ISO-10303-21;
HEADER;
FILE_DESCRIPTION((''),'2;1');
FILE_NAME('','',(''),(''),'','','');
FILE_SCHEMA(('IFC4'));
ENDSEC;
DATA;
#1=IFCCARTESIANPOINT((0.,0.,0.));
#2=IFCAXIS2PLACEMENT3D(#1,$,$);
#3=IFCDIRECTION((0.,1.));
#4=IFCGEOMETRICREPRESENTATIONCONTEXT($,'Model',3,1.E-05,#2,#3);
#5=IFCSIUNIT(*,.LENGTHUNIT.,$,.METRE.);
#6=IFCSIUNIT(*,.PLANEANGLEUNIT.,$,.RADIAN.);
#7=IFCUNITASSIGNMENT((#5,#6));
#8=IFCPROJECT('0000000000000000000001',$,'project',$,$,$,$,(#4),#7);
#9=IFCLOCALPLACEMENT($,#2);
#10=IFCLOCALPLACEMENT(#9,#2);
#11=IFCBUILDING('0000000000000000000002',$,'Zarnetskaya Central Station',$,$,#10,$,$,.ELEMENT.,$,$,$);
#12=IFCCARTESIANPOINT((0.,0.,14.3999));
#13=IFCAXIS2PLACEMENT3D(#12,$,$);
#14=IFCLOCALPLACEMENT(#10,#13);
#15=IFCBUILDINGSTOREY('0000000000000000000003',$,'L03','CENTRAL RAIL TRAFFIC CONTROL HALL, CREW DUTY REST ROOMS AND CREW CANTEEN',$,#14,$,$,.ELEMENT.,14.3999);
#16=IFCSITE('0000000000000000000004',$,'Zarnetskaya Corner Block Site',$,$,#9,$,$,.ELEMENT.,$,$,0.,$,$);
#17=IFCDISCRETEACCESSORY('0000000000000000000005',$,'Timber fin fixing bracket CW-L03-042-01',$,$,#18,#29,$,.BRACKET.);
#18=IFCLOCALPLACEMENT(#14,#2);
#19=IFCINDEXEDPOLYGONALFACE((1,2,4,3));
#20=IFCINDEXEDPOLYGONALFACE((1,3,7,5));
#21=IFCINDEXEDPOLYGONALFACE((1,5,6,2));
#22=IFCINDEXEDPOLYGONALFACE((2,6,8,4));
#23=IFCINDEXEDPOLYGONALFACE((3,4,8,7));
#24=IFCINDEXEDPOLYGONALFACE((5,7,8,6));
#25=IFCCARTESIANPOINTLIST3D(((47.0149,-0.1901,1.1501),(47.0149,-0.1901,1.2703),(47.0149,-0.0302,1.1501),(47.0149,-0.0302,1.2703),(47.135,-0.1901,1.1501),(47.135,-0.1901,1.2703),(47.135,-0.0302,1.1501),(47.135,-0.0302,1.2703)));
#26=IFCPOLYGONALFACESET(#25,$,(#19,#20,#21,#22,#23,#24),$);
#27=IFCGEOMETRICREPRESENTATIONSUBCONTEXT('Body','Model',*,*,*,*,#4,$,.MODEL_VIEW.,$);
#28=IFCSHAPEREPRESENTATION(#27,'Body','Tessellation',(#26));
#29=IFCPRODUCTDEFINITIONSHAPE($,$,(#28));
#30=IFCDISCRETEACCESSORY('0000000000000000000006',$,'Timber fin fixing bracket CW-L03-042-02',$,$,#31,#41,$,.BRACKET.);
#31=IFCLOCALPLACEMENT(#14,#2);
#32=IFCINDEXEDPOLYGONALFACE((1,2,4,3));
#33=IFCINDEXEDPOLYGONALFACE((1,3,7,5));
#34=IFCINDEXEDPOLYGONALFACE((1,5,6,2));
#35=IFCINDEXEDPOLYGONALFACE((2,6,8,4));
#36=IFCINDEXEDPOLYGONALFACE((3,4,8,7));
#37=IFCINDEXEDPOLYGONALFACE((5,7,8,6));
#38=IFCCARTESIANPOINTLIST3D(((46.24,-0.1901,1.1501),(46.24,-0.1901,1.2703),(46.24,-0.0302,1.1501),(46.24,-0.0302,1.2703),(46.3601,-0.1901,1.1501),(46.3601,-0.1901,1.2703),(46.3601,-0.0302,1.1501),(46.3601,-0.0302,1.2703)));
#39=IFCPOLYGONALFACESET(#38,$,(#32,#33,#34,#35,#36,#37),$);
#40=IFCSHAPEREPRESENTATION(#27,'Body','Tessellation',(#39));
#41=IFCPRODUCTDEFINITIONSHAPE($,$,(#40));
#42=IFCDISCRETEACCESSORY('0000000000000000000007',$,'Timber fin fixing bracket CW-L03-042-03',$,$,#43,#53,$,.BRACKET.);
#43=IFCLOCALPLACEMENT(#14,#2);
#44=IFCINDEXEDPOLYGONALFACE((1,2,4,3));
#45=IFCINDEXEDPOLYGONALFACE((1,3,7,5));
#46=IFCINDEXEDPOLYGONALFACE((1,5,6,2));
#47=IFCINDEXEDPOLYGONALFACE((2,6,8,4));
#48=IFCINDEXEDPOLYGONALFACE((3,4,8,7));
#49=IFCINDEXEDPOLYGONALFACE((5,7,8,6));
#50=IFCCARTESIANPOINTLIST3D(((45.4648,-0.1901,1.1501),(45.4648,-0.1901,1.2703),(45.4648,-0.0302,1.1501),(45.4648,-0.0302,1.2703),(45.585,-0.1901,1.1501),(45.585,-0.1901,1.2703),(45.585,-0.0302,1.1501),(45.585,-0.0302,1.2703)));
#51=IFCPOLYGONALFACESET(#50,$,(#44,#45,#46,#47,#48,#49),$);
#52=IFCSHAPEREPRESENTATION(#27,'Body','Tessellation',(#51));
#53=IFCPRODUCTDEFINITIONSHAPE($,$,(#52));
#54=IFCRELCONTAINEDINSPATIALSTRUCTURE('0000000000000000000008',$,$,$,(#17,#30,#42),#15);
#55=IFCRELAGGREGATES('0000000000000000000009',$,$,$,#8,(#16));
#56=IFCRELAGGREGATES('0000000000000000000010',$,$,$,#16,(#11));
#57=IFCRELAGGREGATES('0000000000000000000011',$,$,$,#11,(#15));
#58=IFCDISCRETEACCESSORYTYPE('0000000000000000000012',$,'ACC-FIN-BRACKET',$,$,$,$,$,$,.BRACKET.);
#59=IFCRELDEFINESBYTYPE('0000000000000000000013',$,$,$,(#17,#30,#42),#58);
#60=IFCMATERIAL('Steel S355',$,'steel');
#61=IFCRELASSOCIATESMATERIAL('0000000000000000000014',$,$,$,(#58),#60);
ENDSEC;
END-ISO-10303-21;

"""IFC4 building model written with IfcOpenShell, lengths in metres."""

from ifc_helpers import new_model, si_unit, direction, frame, origin, origin_2d, place, context, subcontext, project, spatial, rectangle, extrude, material, type_object, element, save


model = new_model("IFC4")

# Units and contexts
model_context = context("Model", 3, precision=1e-05, world=origin(), true_north=direction((0.0, 1.0)))
body_context = subcontext(model_context, "Body", "Model", "MODEL_VIEW")
ifc_project = project(units=[si_unit("LENGTHUNIT", "METRE"), si_unit("PLANEANGLEUNIT", "RADIAN")], contexts=[model_context])

# Site, building, storey
site_placement = place(None, origin())
site = spatial("IfcSite", under=ifc_project, at=site_placement, Name="Zarnetskaya Corner Block Site", CompositionType="ELEMENT", RefElevation=0.0)
building_placement = place(site_placement, origin())
building = spatial("IfcBuilding", under=site, at=building_placement, Name="Zarnetskaya Central Station", CompositionType="ELEMENT")
storey_placement = place(building_placement, frame((0.0, 0.0, 14.3999)))
storey = spatial("IfcBuildingStorey", under=building, at=storey_placement, Name="L03", Description="CENTRAL RAIL TRAFFIC CONTROL HALL, CREW DUTY REST ROOMS AND CREW CANTEEN", CompositionType="ELEMENT", Elevation=14.3999)

# Shared definitions
ifc_material_1 = material(Name="Steel S355", Category="steel")

# Discrete accessories
discrete_accessory_type = type_object("IfcDiscreteAccessoryType", Name="ACC-FIN-BRACKET", PredefinedType="BRACKET", material=ifc_material_1)
for number, where, z_axis, x_axis, name in (
    (1, (47.075, -0.1101, 1.1501), (0.0, 0.0, 1.0), (-1.0, 0.0, 0.0), "Timber fin fixing bracket CW-L03-042-01"),
    (2, (46.3, -0.1101, 1.1501), (0.0, 0.0, 1.0), (-1.0, 0.0, 0.0), "Timber fin fixing bracket CW-L03-042-02"),
    (3, (45.5249, -0.1101, 1.1501), (0.0, 0.0, 1.0), (-1.0, 0.0, 0.0), "Timber fin fixing bracket CW-L03-042-03"),
):
    element("IfcDiscreteAccessory", number, at=place(storey_placement, frame(where, z_axis=z_axis, x_axis=x_axis)), inside=storey, type_object=discrete_accessory_type, Name=name, PredefinedType="BRACKET", context=body_context, shape_type="SweptSolid", body=[
        extrude(rectangle(XDim=0.1201, YDim=0.1599, at=origin_2d()), origin(), (0.0, 0.0, 1.0), 0.1201),
    ])

save(model, "model.ifc")
